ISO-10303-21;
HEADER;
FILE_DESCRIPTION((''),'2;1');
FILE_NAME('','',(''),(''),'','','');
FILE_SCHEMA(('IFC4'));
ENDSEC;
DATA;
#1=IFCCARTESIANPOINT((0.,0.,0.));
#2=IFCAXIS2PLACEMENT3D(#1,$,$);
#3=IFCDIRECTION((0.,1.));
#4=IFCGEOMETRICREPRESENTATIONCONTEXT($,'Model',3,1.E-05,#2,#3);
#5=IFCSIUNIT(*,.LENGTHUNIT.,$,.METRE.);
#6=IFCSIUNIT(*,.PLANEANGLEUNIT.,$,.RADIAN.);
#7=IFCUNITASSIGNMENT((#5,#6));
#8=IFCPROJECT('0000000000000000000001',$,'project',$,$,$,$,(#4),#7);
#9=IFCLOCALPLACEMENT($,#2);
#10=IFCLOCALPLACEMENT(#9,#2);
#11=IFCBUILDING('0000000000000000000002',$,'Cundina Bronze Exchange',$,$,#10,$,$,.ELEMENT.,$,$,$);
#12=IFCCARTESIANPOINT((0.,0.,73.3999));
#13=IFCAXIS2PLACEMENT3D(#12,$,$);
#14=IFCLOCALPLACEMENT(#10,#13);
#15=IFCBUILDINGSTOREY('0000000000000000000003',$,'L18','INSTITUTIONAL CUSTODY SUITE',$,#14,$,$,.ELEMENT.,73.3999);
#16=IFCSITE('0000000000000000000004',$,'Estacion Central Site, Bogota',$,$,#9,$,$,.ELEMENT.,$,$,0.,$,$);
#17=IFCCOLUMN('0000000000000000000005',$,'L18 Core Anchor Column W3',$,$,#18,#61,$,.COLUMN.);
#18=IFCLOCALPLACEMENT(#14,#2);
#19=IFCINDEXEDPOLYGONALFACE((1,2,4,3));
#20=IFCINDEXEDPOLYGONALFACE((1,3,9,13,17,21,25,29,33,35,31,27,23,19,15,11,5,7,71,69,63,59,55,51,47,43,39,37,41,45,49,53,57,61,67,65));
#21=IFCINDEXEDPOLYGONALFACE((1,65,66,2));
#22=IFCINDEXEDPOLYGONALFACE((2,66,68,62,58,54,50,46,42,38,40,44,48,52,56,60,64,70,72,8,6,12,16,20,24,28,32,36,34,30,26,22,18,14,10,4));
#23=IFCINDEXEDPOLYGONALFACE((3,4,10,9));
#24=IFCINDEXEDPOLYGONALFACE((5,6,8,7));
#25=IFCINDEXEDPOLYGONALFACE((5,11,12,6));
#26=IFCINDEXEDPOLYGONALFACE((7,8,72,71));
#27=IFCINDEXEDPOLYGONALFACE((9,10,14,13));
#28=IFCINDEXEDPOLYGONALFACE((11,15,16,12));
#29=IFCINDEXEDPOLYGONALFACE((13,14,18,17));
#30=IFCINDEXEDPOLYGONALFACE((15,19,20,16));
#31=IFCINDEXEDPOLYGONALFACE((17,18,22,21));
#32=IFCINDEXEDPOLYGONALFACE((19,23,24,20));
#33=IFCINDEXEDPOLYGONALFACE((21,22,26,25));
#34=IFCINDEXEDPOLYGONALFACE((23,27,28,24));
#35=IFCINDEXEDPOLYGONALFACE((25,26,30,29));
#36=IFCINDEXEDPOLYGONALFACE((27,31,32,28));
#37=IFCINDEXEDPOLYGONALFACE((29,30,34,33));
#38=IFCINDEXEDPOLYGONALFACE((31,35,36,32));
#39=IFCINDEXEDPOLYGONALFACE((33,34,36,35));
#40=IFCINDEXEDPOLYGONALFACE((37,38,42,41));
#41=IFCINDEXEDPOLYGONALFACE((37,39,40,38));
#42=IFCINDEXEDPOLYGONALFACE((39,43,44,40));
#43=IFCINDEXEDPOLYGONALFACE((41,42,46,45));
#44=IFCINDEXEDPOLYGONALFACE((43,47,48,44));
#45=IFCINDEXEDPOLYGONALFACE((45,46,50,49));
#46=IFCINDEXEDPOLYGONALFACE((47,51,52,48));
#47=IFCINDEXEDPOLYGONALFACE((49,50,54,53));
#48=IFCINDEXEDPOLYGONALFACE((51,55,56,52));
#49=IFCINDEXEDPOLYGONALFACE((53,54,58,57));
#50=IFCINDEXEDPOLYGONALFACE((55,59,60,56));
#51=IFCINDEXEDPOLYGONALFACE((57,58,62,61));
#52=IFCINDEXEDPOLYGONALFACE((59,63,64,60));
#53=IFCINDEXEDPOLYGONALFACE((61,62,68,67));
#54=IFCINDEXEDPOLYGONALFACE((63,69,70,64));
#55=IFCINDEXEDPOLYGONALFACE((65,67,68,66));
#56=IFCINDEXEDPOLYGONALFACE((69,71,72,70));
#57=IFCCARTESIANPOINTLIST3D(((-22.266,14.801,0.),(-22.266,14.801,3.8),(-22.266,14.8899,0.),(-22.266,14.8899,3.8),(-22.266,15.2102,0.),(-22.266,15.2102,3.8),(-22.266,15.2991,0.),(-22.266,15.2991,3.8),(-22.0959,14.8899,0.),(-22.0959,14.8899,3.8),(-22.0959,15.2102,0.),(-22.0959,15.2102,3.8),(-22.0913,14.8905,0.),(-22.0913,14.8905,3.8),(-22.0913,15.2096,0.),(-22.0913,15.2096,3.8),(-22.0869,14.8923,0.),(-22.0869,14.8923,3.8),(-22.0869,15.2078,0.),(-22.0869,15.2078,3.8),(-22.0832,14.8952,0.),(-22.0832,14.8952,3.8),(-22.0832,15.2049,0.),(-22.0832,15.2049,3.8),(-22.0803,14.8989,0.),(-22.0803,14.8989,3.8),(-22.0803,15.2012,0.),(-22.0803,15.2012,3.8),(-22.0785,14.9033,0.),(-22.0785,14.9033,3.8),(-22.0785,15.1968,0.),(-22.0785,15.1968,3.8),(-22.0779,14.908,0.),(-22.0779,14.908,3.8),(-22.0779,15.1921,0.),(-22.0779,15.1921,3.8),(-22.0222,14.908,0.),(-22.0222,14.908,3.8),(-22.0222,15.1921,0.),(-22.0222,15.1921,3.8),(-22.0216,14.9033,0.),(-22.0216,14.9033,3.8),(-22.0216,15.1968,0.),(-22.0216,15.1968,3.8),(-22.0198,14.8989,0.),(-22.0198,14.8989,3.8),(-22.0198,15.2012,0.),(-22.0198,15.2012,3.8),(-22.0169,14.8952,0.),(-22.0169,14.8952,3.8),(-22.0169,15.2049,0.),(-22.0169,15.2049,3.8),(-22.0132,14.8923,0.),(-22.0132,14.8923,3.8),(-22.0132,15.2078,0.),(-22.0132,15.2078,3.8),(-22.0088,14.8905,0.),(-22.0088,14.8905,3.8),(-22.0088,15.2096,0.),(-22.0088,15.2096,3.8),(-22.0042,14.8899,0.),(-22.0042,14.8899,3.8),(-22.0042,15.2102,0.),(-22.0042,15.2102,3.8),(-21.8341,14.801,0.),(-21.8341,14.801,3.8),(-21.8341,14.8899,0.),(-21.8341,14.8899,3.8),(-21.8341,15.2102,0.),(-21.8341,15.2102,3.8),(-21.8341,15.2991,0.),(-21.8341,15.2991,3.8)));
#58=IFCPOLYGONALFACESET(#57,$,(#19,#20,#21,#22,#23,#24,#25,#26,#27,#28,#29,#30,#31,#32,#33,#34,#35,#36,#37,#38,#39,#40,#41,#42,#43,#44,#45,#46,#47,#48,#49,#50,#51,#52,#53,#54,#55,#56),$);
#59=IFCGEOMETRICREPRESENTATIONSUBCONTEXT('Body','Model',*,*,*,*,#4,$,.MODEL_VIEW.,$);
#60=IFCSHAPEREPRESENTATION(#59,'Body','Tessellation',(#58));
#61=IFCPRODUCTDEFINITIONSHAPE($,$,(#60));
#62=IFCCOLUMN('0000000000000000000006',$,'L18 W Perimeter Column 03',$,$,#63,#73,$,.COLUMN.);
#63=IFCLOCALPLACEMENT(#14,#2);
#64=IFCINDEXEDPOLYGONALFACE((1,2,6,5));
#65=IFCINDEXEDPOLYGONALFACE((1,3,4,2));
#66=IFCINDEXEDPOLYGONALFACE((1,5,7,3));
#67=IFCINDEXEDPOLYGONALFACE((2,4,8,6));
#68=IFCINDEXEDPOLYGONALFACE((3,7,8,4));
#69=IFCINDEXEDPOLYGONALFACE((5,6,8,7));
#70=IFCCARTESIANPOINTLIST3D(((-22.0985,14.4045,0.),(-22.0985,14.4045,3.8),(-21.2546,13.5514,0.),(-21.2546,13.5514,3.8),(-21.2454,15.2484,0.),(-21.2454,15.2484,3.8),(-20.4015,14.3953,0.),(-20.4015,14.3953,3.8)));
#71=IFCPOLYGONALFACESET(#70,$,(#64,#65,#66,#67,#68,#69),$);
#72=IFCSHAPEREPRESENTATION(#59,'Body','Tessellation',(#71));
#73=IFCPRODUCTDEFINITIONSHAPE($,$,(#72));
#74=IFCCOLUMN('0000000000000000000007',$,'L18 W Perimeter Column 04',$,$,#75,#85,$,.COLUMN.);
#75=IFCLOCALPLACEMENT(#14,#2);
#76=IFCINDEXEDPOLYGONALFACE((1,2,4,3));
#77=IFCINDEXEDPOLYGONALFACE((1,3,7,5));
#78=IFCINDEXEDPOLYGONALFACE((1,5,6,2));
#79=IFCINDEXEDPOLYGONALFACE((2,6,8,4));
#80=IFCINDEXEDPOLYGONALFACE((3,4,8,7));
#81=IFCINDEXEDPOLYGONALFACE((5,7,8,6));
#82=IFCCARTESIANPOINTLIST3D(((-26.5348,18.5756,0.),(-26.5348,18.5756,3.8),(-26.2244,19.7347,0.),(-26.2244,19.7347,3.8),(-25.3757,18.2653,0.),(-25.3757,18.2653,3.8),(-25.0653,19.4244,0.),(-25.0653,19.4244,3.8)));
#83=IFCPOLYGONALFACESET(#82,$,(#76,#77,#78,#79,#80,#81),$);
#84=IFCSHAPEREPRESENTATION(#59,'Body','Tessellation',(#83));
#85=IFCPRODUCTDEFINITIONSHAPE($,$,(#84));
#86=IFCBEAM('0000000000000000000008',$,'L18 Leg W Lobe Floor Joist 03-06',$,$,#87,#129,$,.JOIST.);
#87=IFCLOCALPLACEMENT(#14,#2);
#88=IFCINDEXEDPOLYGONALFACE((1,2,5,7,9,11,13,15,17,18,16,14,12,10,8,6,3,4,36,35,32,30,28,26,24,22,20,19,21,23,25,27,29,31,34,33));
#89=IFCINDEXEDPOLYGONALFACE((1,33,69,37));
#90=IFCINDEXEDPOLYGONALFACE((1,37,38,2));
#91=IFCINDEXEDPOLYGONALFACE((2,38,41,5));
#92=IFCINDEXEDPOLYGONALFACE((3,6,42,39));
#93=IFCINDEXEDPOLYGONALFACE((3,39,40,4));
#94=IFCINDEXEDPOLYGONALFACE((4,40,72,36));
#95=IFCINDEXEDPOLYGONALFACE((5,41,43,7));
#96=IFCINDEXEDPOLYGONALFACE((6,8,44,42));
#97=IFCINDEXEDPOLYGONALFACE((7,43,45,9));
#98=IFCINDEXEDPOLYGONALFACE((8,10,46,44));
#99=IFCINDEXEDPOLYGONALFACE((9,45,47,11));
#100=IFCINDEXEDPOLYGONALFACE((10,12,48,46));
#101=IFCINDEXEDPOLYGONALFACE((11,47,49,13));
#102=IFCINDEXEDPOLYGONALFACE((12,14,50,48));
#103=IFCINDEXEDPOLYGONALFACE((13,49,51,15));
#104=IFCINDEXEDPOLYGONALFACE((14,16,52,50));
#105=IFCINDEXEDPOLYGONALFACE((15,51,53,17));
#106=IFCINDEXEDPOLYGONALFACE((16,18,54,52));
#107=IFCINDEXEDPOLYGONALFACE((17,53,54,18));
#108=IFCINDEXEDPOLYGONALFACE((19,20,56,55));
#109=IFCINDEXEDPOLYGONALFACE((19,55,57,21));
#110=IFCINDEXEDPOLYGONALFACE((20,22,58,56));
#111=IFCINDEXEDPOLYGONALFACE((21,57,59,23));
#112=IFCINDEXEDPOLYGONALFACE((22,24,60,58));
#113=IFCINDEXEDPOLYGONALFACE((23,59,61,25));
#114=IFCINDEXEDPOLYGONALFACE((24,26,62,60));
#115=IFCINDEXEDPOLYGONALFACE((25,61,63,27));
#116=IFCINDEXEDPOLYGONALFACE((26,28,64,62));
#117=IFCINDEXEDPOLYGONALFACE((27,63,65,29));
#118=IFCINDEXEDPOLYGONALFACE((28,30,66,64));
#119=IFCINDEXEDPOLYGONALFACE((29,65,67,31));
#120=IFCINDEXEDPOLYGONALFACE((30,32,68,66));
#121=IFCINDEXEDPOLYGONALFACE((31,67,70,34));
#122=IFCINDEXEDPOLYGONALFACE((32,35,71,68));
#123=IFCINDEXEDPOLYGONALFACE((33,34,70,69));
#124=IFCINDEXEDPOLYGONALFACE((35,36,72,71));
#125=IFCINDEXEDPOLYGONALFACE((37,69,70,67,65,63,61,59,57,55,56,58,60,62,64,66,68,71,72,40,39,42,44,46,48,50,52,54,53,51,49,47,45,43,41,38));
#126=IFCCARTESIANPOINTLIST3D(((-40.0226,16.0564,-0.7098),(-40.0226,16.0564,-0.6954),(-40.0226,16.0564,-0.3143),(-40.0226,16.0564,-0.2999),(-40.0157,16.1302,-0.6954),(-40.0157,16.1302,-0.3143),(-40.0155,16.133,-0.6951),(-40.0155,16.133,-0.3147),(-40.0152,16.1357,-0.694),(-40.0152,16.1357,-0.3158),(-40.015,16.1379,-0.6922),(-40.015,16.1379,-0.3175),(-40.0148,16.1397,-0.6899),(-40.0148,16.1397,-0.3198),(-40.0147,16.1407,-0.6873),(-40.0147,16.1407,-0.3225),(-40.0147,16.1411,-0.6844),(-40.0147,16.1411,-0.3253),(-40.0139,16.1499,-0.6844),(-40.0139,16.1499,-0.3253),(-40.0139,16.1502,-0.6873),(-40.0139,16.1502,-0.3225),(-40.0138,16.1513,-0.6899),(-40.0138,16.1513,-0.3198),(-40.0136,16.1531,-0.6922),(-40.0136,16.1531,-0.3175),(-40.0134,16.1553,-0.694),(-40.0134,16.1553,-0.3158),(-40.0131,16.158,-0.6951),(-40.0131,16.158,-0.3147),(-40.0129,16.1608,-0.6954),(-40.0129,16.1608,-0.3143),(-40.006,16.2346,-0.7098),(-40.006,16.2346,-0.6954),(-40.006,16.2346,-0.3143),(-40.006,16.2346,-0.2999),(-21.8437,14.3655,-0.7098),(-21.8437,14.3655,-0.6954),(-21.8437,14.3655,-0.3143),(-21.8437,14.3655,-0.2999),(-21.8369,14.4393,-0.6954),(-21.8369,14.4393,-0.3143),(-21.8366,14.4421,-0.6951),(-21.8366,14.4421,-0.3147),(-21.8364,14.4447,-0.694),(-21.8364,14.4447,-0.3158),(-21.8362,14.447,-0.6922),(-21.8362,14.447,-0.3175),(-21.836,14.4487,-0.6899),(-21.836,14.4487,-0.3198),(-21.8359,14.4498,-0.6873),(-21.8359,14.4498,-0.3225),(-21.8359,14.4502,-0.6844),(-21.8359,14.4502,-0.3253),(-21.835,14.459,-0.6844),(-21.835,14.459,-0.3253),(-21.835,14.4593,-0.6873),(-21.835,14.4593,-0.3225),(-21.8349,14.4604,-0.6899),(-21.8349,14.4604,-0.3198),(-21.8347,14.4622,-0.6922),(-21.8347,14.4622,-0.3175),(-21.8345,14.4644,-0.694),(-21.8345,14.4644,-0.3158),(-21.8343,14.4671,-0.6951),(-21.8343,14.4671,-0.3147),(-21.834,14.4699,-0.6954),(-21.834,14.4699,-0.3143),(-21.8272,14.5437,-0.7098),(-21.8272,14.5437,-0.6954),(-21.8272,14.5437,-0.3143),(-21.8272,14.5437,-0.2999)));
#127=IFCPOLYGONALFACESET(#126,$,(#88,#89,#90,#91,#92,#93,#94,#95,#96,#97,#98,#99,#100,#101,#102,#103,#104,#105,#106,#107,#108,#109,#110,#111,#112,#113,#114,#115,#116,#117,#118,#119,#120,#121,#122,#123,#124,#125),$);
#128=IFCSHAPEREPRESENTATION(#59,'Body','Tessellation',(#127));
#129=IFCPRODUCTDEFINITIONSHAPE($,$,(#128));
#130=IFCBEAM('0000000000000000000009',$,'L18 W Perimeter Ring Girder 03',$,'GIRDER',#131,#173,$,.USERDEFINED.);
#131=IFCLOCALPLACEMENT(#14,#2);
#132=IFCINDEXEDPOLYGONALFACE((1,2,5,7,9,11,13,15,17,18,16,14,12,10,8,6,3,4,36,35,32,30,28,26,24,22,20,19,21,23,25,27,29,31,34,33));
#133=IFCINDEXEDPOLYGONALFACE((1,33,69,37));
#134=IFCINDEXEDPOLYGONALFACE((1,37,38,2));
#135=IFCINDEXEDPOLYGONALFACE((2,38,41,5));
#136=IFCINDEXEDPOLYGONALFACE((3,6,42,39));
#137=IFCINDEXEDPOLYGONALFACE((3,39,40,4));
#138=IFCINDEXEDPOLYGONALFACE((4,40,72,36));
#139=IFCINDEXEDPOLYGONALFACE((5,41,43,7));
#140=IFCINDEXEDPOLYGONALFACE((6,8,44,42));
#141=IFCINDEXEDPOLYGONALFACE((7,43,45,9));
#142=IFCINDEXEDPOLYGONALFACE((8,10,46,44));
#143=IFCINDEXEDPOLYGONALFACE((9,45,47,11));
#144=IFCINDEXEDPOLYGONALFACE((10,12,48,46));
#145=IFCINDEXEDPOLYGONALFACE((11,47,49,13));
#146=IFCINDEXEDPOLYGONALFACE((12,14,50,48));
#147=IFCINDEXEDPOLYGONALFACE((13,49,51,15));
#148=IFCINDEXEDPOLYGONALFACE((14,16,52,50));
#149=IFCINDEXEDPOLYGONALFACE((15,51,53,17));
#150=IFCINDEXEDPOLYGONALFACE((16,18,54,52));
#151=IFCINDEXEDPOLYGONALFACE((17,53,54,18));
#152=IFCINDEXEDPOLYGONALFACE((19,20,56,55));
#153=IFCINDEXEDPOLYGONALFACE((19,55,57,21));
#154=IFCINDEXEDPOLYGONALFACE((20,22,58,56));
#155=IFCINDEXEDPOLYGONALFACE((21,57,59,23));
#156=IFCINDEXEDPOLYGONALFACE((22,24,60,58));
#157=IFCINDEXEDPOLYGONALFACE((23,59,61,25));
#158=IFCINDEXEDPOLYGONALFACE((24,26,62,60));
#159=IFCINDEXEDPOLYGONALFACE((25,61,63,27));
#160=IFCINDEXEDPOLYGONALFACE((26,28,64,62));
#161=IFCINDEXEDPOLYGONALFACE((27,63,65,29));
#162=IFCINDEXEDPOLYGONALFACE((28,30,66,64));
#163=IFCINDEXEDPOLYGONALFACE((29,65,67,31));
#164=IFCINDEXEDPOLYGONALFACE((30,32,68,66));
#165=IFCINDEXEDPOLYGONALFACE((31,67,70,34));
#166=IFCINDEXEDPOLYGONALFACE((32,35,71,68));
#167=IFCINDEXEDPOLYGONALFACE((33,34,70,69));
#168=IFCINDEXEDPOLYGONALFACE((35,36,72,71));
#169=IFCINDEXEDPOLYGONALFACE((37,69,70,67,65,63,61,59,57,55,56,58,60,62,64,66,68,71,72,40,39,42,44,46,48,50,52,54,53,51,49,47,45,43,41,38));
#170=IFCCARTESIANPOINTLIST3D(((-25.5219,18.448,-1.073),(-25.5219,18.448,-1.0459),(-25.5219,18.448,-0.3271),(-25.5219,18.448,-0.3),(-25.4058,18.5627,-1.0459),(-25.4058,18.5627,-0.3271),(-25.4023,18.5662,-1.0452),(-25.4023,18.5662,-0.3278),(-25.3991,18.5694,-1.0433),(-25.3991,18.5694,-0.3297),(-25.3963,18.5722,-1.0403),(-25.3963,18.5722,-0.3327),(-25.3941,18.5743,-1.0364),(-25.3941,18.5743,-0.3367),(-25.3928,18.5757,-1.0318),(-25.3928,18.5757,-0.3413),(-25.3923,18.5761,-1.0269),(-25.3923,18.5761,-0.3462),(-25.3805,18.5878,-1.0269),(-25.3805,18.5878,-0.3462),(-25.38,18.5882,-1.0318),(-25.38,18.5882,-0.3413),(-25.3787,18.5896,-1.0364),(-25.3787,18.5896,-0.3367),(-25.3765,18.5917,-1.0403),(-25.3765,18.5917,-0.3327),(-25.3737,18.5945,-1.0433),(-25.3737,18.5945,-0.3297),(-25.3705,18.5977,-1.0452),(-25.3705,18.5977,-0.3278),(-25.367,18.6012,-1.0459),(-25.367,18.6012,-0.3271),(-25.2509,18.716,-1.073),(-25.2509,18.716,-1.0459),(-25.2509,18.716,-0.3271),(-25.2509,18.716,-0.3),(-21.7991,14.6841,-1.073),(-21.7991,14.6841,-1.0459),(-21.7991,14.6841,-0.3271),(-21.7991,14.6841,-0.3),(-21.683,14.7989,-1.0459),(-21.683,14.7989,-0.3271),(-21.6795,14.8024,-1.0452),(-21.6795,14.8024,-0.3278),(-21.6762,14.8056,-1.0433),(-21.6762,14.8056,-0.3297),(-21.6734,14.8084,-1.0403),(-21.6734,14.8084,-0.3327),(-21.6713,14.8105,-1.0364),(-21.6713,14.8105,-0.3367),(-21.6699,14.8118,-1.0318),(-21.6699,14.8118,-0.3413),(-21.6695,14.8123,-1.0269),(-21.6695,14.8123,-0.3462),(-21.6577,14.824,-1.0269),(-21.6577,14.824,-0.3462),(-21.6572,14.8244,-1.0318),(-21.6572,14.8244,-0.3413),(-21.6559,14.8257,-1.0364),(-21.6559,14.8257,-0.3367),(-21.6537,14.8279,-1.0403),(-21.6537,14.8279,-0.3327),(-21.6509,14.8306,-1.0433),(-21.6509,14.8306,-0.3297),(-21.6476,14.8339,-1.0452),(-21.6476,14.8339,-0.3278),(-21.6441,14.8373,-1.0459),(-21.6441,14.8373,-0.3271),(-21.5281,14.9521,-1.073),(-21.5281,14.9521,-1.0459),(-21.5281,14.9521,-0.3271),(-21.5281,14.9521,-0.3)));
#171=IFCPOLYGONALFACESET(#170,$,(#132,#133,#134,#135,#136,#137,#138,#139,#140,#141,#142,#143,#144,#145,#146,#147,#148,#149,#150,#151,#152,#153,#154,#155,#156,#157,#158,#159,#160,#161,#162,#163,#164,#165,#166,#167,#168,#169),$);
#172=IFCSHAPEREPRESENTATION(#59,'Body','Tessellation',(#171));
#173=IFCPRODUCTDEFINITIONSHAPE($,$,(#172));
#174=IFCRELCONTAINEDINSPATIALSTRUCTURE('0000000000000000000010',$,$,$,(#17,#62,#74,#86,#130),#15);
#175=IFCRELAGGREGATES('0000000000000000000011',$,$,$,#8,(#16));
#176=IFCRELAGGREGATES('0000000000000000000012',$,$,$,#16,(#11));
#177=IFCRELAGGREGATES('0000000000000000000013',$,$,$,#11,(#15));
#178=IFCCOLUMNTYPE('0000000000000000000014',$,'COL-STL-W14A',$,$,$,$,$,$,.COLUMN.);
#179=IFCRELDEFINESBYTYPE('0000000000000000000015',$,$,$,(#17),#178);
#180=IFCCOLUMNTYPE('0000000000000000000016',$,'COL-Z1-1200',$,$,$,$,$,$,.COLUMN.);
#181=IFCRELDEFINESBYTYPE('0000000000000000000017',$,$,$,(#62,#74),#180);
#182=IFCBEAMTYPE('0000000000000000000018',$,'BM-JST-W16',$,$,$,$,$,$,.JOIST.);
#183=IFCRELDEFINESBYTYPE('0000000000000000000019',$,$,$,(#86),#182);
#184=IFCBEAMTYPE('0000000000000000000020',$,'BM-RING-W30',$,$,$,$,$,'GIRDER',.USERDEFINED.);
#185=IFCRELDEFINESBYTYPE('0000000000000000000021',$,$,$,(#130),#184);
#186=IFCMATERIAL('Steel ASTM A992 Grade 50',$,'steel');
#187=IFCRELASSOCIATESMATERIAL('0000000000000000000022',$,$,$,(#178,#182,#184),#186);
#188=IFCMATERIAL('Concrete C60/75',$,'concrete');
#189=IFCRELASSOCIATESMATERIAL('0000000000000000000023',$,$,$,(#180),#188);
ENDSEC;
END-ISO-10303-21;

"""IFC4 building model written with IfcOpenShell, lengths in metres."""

from ifc_helpers import new_model, si_unit, direction, frame, origin, origin_2d, place, context, subcontext, project, spatial, rectangle, i_section, extrude, material, material_profile, profile_set, type_object, element, save


model = new_model("IFC4")

# Units and contexts
model_context = context("Model", 3, precision=1e-05, world=origin(), true_north=direction((0.0, 1.0)))
body_context = subcontext(model_context, "Body", "Model", "MODEL_VIEW")
ifc_project = project(units=[si_unit("LENGTHUNIT", "METRE"), si_unit("PLANEANGLEUNIT", "RADIAN")], contexts=[model_context])

# Site, building, storey
site_placement = place(None, origin())
site = spatial("IfcSite", under=ifc_project, at=site_placement, Name="Estacion Central Site, Bogota", CompositionType="ELEMENT", RefElevation=0.0)
building_placement = place(site_placement, origin())
building = spatial("IfcBuilding", under=site, at=building_placement, Name="Cundina Bronze Exchange", CompositionType="ELEMENT")
storey_placement = place(building_placement, frame((0.0, 0.0, 73.3999)))
storey = spatial("IfcBuildingStorey", under=building, at=storey_placement, Name="L18", Description="INSTITUTIONAL CUSTODY SUITE", CompositionType="ELEMENT", Elevation=73.3999)

# Columns
ifc_material_1 = material(Name="Steel ASTM A992 Grade 50", Category="steel")
ifc_material_profile_1 = material_profile(ifc_material_1, i_section(OverallWidth=0.4319, OverallDepth=0.498, WebThickness=0.0557, FlangeThickness=0.0889, FilletRadius=0.0181, at=origin_2d()), Name="W14X500", Category="steel")
ifc_profile_set_1 = profile_set([ifc_material_profile_1], Name="Steel ASTM A992 Grade 50")
column_type_1 = type_object("IfcColumnType", Name="COL-STL-W14A", PredefinedType="COLUMN", material=ifc_profile_set_1)
column_placement = place(storey_placement, frame((-22.05, 15.05, 0.0), z_axis=(0.0, 0.0, 1.0), x_axis=(1.0, 0.0, 0.0)))
element("IfcColumn", 1, at=column_placement, inside=storey, type_object=column_type_1, Name="L18 Core Anchor Column W3", PredefinedType="COLUMN", context=body_context, shape_type="SweptSolid", body=[
    extrude(i_section(OverallWidth=0.4319, OverallDepth=0.498, WebThickness=0.0557, FlangeThickness=0.0889, FilletRadius=0.0181, at=origin_2d()), origin(), (0.0, 0.0, 1.0), 3.8),
])
ifc_material_2 = material(Name="Concrete C60/75", Category="concrete")
ifc_material_profile_2 = material_profile(ifc_material_2, rectangle(XDim=1.2, YDim=1.2, at=origin_2d()), Name="RC1200X1200", Category="concrete")
ifc_profile_set_2 = profile_set([ifc_material_profile_2], Name="Concrete C60/75")
column_type_2 = type_object("IfcColumnType", Name="COL-Z1-1200", PredefinedType="COLUMN", material=ifc_profile_set_2)
for number, where, z_axis, x_axis, name in (
    (2, (-21.25, 14.3999, 0.0), (0.0, 0.0, 1.0), (-0.703271, 0.710922, 0.0), "L18 W Perimeter Column 03"),
    (3, (-25.8, 19.0, 0.0), (0.0, 0.0, 1.0), (-0.965971, 0.25865, 0.0), "L18 W Perimeter Column 04"),
):
    element("IfcColumn", number, at=place(storey_placement, frame(where, z_axis=z_axis, x_axis=x_axis)), inside=storey, type_object=column_type_2, Name=name, PredefinedType="COLUMN", context=body_context, shape_type="SweptSolid", body=[
        extrude(rectangle(XDim=1.2, YDim=1.2, at=origin_2d()), origin(), (0.0, 0.0, 1.0), 3.8),
    ])

# Beams
ifc_material_profile_3 = material_profile(ifc_material_1, i_section(OverallWidth=0.179, OverallDepth=0.4099, WebThickness=0.0088, FlangeThickness=0.0144, FilletRadius=0.011, at=origin_2d()), Name="W16X45", Category="steel")
ifc_profile_set_3 = profile_set([ifc_material_profile_3], Name="Steel ASTM A992 Grade 50")
beam_type_1 = type_object("IfcBeamType", Name="BM-JST-W16", PredefinedType="JOIST", material=ifc_profile_set_3)
beam_1_placement = place(storey_placement, frame((-21.8354, 14.4546, -0.5049), z_axis=(-0.995702, 0.092615, 0.0), x_axis=(-0.092615, -0.995702, 0.0)))
element("IfcBeam", 4, at=beam_1_placement, inside=storey, type_object=beam_type_1, Name="L18 Leg W Lobe Floor Joist 03-06", PredefinedType="JOIST", context=body_context, shape_type="SweptSolid", body=[
    extrude(i_section(OverallWidth=0.179, OverallDepth=0.4099, WebThickness=0.0088, FlangeThickness=0.0144, FilletRadius=0.011, at=origin_2d()), origin(), (0.0, 0.0, 1.0), 18.2573),
])
ifc_material_profile_4 = material_profile(ifc_material_1, i_section(OverallWidth=0.3811, OverallDepth=0.7729, WebThickness=0.0166, FlangeThickness=0.0271, FilletRadius=0.019, at=origin_2d()), Name="W30X173", Category="steel")
ifc_profile_set_4 = profile_set([ifc_material_profile_4], Name="Steel ASTM A992 Grade 50")
beam_type_2 = type_object("IfcBeamType", Name="BM-RING-W30", ElementType="GIRDER", PredefinedType="USERDEFINED", material=ifc_profile_set_4)
beam_2_placement = place(storey_placement, frame((-21.6636, 14.8181, -0.6865), z_axis=(-0.703222, 0.71097, 0.0), x_axis=(-0.71097, -0.703222, 0.0)))
element("IfcBeam", 5, at=beam_2_placement, inside=storey, type_object=beam_type_2, Name="L18 W Perimeter Ring Girder 03", ObjectType="GIRDER", PredefinedType="USERDEFINED", context=body_context, shape_type="SweptSolid", body=[
    extrude(i_section(OverallWidth=0.3811, OverallDepth=0.7729, WebThickness=0.0166, FlangeThickness=0.0271, FilletRadius=0.019, at=origin_2d()), origin(), (0.0, 0.0, 1.0), 5.2939),
])

save(model, "model.ifc")
